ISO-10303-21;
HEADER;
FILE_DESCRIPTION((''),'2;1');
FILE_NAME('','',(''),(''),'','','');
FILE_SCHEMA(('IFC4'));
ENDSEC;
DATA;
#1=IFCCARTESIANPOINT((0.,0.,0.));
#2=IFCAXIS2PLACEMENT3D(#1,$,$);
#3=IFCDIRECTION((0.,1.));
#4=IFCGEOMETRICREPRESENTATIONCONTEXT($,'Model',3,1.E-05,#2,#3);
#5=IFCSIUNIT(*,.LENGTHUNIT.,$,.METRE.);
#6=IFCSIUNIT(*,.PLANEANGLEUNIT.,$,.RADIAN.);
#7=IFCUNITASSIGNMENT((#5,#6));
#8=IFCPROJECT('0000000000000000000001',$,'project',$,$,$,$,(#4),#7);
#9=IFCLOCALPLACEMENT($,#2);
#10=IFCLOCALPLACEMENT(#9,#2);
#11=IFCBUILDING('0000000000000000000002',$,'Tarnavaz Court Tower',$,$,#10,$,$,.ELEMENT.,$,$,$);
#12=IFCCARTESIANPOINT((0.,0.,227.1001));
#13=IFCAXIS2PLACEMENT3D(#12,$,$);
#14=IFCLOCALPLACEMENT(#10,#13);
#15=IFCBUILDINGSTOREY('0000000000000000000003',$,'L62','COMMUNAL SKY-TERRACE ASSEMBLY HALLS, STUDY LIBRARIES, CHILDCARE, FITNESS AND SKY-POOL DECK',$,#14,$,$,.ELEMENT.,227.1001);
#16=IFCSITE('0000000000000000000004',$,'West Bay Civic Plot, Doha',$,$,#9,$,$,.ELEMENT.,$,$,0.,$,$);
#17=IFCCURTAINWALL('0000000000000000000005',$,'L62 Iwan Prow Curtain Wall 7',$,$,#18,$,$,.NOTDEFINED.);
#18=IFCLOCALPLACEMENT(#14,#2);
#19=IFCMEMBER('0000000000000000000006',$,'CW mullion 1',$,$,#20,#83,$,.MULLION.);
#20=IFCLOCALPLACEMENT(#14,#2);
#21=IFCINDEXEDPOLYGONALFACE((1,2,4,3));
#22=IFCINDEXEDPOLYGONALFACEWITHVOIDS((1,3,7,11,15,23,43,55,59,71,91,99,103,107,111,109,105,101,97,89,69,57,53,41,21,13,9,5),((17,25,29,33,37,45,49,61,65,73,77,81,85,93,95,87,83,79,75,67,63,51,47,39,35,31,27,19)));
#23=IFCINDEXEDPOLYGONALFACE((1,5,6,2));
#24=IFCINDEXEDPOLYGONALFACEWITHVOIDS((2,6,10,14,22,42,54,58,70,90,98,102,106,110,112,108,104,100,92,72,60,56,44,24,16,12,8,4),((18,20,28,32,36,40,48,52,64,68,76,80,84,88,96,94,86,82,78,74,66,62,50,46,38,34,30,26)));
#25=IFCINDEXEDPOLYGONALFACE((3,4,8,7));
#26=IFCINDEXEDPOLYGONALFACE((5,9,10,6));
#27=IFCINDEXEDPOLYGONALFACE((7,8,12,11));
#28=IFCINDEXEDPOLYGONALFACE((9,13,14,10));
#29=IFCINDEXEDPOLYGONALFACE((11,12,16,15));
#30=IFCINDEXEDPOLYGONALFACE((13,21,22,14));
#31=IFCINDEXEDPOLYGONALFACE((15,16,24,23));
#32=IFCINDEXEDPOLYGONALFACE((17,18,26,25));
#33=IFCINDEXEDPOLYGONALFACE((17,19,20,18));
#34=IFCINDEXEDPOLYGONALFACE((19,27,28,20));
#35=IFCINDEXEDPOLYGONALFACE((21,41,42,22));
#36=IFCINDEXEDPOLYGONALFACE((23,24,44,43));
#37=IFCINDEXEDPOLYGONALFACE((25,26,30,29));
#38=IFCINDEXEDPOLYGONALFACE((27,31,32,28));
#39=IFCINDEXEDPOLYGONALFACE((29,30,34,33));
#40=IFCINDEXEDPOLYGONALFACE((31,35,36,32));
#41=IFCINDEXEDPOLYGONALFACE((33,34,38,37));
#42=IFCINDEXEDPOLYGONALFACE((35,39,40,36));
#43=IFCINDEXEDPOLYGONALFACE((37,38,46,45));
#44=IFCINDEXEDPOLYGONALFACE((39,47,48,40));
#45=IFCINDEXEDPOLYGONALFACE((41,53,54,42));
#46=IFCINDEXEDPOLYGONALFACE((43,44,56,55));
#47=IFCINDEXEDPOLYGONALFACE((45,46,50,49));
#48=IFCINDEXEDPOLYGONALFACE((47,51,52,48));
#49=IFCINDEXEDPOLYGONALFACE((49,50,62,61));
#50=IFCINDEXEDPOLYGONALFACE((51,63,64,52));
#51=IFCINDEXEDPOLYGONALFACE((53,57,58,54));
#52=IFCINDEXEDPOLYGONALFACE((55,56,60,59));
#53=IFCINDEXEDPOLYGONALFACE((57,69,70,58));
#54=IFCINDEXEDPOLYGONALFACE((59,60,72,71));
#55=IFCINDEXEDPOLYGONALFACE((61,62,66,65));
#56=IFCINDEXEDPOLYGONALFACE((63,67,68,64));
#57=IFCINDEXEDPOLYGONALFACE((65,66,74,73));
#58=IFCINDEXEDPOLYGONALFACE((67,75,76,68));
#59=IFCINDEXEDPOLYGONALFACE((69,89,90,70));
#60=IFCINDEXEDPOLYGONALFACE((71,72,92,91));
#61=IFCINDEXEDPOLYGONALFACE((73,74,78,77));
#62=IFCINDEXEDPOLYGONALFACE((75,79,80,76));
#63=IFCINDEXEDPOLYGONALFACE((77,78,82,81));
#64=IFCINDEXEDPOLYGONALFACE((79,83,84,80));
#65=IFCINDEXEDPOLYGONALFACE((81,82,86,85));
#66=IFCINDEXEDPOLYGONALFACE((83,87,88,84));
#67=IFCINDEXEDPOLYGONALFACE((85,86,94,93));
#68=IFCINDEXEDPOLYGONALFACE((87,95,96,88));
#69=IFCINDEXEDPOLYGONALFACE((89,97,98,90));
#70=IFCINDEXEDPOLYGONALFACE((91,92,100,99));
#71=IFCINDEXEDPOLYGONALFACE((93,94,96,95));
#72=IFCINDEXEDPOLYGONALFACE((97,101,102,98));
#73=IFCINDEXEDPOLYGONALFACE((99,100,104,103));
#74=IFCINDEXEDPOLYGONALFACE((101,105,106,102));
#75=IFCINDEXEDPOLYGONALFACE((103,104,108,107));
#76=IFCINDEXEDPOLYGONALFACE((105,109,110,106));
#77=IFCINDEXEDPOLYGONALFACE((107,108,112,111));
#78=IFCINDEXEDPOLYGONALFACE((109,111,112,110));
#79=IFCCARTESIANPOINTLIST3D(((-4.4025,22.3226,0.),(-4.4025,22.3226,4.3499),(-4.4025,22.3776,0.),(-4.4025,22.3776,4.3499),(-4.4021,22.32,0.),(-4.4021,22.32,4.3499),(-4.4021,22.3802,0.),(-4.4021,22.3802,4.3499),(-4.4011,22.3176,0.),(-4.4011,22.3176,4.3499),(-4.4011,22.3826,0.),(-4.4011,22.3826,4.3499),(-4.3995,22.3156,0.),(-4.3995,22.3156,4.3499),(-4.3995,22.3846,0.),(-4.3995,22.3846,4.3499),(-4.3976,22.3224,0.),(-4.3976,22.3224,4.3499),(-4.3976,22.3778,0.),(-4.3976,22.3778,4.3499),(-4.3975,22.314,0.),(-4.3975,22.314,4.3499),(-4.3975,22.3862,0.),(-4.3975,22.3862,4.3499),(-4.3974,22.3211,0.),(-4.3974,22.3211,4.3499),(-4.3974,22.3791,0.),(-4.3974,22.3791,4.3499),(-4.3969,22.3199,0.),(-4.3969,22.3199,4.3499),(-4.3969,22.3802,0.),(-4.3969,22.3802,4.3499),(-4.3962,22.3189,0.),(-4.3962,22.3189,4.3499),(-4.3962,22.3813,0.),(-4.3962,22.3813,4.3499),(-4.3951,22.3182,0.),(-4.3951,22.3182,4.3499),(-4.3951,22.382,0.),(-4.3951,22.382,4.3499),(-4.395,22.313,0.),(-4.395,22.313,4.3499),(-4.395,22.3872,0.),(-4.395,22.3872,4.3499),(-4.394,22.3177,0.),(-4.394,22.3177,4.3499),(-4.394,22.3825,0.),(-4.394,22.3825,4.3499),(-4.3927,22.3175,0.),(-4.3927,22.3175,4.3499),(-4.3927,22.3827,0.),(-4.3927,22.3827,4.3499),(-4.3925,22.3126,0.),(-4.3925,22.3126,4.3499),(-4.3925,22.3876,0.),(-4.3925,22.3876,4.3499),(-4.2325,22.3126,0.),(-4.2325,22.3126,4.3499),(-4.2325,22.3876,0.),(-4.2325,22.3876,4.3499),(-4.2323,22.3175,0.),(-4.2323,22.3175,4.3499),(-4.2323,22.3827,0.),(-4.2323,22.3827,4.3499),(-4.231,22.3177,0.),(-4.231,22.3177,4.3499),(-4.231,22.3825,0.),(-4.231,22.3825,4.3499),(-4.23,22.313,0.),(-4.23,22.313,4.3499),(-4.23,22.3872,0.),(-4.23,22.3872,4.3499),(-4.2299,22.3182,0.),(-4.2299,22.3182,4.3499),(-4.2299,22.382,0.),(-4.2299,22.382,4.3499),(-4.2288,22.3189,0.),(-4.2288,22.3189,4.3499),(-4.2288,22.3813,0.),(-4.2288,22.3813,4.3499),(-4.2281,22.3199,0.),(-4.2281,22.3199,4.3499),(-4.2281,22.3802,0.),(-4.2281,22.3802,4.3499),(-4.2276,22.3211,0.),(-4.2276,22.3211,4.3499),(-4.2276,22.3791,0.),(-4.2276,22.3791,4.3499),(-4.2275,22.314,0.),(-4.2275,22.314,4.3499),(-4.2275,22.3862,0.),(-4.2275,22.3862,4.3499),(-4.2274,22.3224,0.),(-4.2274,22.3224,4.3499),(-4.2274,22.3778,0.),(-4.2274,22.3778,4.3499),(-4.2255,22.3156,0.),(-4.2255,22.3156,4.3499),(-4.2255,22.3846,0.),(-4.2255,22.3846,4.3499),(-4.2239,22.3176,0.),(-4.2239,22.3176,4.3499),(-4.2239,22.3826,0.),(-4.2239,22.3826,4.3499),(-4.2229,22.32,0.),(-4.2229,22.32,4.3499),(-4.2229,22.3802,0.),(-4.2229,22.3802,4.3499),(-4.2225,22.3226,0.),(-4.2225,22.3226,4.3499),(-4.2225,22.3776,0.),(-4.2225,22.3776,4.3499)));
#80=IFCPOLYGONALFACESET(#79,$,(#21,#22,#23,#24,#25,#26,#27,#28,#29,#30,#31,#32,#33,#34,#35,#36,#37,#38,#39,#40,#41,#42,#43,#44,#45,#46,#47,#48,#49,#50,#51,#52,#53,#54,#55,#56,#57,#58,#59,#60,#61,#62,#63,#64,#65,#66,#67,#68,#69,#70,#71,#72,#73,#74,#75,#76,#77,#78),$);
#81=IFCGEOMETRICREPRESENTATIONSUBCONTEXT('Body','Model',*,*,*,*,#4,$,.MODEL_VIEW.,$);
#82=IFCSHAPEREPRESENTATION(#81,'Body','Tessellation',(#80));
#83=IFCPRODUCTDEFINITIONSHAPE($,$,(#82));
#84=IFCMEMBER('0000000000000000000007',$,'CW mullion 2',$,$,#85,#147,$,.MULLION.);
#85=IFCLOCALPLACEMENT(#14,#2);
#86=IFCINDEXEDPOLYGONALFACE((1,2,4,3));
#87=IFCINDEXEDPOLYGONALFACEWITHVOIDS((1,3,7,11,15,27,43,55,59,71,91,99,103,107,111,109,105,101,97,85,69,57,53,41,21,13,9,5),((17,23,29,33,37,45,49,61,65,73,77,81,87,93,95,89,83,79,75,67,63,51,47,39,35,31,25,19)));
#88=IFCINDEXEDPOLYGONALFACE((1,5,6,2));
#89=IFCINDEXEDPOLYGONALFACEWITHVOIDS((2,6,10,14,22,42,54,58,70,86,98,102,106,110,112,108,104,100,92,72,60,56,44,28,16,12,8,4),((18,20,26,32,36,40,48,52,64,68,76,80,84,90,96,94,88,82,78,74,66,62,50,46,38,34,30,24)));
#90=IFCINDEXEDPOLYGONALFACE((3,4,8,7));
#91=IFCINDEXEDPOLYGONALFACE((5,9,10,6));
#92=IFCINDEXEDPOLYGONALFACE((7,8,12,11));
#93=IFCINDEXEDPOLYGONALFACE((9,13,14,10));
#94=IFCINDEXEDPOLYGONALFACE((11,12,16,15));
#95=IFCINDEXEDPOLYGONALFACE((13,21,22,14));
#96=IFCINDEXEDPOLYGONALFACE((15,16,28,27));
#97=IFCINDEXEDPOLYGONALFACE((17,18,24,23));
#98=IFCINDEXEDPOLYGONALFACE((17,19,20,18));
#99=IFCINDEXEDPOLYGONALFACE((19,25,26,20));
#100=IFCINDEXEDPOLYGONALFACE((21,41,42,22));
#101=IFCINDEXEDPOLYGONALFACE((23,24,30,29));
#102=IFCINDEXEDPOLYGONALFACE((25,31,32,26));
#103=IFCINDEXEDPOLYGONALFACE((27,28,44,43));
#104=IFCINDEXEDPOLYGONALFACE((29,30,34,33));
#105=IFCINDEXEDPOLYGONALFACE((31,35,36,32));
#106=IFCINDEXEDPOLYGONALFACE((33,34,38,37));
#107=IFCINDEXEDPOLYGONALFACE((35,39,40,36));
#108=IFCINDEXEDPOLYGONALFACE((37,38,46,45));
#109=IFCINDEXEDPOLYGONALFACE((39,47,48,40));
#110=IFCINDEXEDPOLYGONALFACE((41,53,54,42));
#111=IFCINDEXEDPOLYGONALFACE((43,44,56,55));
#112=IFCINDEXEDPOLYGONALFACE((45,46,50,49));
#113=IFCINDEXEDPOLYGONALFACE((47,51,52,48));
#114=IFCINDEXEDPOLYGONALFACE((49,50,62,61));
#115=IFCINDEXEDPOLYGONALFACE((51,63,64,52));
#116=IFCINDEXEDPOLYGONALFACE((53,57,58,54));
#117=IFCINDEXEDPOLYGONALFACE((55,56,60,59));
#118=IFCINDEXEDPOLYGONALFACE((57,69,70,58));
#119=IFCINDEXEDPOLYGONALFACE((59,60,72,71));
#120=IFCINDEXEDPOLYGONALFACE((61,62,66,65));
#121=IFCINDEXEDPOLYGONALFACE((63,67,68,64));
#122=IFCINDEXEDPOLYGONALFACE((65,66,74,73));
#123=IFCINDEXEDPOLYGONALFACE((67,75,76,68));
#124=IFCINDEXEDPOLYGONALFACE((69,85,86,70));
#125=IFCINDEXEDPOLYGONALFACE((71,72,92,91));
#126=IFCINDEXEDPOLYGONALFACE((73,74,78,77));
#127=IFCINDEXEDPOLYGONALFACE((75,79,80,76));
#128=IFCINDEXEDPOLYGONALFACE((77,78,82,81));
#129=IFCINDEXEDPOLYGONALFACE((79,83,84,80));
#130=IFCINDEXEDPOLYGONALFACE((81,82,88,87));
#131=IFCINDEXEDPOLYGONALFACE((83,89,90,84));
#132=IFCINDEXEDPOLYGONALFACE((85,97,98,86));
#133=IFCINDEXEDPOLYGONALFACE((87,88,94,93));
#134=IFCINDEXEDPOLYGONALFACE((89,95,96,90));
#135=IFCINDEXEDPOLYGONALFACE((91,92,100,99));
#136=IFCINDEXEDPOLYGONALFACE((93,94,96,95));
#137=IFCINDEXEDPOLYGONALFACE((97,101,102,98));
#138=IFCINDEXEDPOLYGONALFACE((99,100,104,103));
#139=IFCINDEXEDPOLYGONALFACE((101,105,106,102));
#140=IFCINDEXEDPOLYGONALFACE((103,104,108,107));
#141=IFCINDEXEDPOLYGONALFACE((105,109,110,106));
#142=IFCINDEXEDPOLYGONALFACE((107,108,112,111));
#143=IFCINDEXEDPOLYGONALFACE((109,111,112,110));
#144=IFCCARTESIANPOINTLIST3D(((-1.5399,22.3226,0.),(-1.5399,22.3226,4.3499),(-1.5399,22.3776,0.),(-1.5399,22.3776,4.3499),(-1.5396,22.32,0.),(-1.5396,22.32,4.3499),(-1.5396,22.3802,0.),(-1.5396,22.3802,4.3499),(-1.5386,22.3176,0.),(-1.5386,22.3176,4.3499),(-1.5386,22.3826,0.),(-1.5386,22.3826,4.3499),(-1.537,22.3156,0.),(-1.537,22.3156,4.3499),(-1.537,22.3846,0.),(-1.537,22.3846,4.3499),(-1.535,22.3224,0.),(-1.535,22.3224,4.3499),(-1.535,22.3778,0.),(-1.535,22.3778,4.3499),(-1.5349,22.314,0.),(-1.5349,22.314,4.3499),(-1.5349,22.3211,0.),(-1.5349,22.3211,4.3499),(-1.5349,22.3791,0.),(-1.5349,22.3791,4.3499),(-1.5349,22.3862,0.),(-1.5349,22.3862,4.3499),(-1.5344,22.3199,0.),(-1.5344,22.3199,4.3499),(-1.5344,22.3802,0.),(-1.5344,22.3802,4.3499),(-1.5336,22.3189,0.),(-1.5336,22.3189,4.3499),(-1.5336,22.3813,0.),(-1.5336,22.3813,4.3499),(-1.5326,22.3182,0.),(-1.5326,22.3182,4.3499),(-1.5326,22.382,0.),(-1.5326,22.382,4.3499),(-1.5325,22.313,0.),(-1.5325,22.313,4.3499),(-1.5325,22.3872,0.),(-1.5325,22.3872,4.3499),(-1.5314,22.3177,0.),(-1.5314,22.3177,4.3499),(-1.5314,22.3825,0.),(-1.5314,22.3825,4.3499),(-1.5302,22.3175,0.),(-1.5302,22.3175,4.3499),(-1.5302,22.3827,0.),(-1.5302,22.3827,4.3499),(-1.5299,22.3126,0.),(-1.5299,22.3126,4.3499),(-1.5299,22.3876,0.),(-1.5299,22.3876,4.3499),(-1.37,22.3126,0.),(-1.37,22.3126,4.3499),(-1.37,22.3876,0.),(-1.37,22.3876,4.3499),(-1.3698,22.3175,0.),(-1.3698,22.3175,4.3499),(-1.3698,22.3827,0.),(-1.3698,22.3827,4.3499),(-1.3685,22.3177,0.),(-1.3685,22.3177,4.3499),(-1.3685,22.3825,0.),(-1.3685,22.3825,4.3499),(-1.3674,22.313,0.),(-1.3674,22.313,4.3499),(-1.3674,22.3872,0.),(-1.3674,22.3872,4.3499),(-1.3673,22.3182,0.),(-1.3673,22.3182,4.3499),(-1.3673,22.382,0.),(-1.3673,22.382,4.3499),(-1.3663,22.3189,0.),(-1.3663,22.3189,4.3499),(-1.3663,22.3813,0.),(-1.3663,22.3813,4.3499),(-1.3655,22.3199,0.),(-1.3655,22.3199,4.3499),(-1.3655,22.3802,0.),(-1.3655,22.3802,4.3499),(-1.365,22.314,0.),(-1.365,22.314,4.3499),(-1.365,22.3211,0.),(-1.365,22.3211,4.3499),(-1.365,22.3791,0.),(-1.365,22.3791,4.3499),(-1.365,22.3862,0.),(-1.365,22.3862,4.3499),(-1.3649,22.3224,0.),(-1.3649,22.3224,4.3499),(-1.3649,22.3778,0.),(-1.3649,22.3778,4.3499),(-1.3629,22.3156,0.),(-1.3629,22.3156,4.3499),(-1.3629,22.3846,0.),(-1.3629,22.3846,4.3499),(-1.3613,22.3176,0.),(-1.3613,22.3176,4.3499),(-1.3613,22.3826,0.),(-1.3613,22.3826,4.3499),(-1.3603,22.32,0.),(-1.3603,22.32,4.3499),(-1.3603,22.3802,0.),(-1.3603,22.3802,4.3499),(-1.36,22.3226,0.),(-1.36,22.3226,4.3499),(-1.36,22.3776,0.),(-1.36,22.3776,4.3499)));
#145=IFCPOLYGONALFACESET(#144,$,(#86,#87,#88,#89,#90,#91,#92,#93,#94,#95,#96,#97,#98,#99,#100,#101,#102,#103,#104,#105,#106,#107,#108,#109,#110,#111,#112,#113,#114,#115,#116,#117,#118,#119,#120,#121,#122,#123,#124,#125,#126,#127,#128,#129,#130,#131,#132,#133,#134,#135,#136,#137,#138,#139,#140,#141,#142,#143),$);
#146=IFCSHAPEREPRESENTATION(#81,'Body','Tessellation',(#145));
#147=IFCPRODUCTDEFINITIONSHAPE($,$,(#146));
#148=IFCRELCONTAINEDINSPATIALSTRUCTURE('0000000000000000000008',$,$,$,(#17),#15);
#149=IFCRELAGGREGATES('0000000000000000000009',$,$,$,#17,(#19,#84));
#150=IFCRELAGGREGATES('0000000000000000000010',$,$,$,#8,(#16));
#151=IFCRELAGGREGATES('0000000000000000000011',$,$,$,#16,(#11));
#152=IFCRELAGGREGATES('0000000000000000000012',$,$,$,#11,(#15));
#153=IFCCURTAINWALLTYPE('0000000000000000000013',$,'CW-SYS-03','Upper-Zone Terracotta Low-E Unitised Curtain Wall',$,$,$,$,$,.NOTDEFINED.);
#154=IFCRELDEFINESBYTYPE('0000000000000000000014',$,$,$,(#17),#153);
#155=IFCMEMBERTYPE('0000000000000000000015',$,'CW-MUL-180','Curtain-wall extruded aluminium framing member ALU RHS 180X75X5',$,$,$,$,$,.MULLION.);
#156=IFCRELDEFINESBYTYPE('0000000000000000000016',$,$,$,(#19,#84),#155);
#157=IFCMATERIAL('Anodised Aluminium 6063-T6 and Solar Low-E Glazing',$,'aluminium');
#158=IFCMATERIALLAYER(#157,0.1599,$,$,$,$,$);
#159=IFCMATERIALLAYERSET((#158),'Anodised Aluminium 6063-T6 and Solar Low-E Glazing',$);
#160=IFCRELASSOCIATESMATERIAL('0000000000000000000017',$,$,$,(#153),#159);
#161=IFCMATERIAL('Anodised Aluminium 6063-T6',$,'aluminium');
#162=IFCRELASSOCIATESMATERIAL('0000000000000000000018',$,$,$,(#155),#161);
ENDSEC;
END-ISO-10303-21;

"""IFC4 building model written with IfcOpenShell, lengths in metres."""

from ifc_helpers import new_model, si_unit, direction, frame, origin, origin_2d, place, context, subcontext, project, spatial, hollow_rectangle, extrude, material, layer, layer_set, material_profile, profile_set, type_object, element, aggregate, save


model = new_model("IFC4")

# Units and contexts
model_context = context("Model", 3, precision=1e-05, world=origin(), true_north=direction((0.0, 1.0)))
body_context = subcontext(model_context, "Body", "Model", "MODEL_VIEW")
ifc_project = project(units=[si_unit("LENGTHUNIT", "METRE"), si_unit("PLANEANGLEUNIT", "RADIAN")], contexts=[model_context])

# Site, building, storey
site_placement = place(None, origin())
site = spatial("IfcSite", under=ifc_project, at=site_placement, Name="West Bay Civic Plot, Doha", CompositionType="ELEMENT", RefElevation=0.0)
building_placement = place(site_placement, origin())
building = spatial("IfcBuilding", under=site, at=building_placement, Name="Tarnavaz Court Tower", CompositionType="ELEMENT")
storey_placement = place(building_placement, frame((0.0, 0.0, 227.1001)))
storey = spatial("IfcBuildingStorey", under=building, at=storey_placement, Name="L62", Description="COMMUNAL SKY-TERRACE ASSEMBLY HALLS, STUDY LIBRARIES, CHILDCARE, FITNESS AND SKY-POOL DECK", CompositionType="ELEMENT", Elevation=227.1001)

# Curtain wall, members
ifc_material_1 = material(Name="Anodised Aluminium 6063-T6 and Solar Low-E Glazing", Category="aluminium")
ifc_layer_1 = layer(ifc_material_1, 0.1599)
ifc_layer_set_1 = layer_set([ifc_layer_1], Name="Anodised Aluminium 6063-T6 and Solar Low-E Glazing")
curtain_wall_type = type_object("IfcCurtainWallType", Name="CW-SYS-03", Description="Upper-Zone Terracotta Low-E Unitised Curtain Wall", PredefinedType="NOTDEFINED", material=ifc_layer_set_1)
curtain_wall_placement = place(storey_placement, origin())
curtain_wall = element("IfcCurtainWall", 1, at=curtain_wall_placement, inside=storey, type_object=curtain_wall_type, Name="L62 Iwan Prow Curtain Wall 7", PredefinedType="NOTDEFINED")
ifc_material_2 = material(Name="Anodised Aluminium 6063-T6", Category="aluminium")
ifc_material_profile_1 = material_profile(ifc_material_2, hollow_rectangle(XDim=0.075, YDim=0.1799, WallThickness=0.0049, InnerFilletRadius=0.0049, OuterFilletRadius=0.01, at=origin_2d()), Name="ALU RHS 180X75X5")
ifc_profile_set_1 = profile_set([ifc_material_profile_1], Name="Anodised Aluminium 6063-T6")
member_type_1 = type_object("IfcMemberType", Name="CW-MUL-180", Description="Curtain-wall extruded aluminium framing member ALU RHS 180X75X5", PredefinedType="MULLION", material=ifc_profile_set_1)
member_1_placement = place(storey_placement, frame((-4.3125, 22.3501, 0.0), z_axis=(0.0, 0.0, 1.0), x_axis=(0.0, 1.0, 0.0)))
member_1 = element("IfcMember", 2, at=member_1_placement, type_object=member_type_1, Name="CW mullion 1", PredefinedType="MULLION", context=body_context, shape_type="SweptSolid", body=[
    extrude(hollow_rectangle(XDim=0.075, YDim=0.1799, WallThickness=0.0049, InnerFilletRadius=0.0049, OuterFilletRadius=0.01, at=origin_2d()), origin(), (0.0, 0.0, 1.0), 4.3499),
])
member_2_placement = place(storey_placement, frame((-1.45, 22.3501, 0.0), z_axis=(0.0, 0.0, 1.0), x_axis=(0.0, 1.0, 0.0)))
member_2 = element("IfcMember", 3, at=member_2_placement, type_object=member_type_1, Name="CW mullion 2", PredefinedType="MULLION", context=body_context, shape_type="SweptSolid", body=[
    extrude(hollow_rectangle(XDim=0.075, YDim=0.1799, WallThickness=0.0049, InnerFilletRadius=0.0049, OuterFilletRadius=0.01, at=origin_2d()), origin(), (0.0, 0.0, 1.0), 4.3499),
])
aggregate(curtain_wall, [member_1, member_2])

save(model, "model.ifc")
